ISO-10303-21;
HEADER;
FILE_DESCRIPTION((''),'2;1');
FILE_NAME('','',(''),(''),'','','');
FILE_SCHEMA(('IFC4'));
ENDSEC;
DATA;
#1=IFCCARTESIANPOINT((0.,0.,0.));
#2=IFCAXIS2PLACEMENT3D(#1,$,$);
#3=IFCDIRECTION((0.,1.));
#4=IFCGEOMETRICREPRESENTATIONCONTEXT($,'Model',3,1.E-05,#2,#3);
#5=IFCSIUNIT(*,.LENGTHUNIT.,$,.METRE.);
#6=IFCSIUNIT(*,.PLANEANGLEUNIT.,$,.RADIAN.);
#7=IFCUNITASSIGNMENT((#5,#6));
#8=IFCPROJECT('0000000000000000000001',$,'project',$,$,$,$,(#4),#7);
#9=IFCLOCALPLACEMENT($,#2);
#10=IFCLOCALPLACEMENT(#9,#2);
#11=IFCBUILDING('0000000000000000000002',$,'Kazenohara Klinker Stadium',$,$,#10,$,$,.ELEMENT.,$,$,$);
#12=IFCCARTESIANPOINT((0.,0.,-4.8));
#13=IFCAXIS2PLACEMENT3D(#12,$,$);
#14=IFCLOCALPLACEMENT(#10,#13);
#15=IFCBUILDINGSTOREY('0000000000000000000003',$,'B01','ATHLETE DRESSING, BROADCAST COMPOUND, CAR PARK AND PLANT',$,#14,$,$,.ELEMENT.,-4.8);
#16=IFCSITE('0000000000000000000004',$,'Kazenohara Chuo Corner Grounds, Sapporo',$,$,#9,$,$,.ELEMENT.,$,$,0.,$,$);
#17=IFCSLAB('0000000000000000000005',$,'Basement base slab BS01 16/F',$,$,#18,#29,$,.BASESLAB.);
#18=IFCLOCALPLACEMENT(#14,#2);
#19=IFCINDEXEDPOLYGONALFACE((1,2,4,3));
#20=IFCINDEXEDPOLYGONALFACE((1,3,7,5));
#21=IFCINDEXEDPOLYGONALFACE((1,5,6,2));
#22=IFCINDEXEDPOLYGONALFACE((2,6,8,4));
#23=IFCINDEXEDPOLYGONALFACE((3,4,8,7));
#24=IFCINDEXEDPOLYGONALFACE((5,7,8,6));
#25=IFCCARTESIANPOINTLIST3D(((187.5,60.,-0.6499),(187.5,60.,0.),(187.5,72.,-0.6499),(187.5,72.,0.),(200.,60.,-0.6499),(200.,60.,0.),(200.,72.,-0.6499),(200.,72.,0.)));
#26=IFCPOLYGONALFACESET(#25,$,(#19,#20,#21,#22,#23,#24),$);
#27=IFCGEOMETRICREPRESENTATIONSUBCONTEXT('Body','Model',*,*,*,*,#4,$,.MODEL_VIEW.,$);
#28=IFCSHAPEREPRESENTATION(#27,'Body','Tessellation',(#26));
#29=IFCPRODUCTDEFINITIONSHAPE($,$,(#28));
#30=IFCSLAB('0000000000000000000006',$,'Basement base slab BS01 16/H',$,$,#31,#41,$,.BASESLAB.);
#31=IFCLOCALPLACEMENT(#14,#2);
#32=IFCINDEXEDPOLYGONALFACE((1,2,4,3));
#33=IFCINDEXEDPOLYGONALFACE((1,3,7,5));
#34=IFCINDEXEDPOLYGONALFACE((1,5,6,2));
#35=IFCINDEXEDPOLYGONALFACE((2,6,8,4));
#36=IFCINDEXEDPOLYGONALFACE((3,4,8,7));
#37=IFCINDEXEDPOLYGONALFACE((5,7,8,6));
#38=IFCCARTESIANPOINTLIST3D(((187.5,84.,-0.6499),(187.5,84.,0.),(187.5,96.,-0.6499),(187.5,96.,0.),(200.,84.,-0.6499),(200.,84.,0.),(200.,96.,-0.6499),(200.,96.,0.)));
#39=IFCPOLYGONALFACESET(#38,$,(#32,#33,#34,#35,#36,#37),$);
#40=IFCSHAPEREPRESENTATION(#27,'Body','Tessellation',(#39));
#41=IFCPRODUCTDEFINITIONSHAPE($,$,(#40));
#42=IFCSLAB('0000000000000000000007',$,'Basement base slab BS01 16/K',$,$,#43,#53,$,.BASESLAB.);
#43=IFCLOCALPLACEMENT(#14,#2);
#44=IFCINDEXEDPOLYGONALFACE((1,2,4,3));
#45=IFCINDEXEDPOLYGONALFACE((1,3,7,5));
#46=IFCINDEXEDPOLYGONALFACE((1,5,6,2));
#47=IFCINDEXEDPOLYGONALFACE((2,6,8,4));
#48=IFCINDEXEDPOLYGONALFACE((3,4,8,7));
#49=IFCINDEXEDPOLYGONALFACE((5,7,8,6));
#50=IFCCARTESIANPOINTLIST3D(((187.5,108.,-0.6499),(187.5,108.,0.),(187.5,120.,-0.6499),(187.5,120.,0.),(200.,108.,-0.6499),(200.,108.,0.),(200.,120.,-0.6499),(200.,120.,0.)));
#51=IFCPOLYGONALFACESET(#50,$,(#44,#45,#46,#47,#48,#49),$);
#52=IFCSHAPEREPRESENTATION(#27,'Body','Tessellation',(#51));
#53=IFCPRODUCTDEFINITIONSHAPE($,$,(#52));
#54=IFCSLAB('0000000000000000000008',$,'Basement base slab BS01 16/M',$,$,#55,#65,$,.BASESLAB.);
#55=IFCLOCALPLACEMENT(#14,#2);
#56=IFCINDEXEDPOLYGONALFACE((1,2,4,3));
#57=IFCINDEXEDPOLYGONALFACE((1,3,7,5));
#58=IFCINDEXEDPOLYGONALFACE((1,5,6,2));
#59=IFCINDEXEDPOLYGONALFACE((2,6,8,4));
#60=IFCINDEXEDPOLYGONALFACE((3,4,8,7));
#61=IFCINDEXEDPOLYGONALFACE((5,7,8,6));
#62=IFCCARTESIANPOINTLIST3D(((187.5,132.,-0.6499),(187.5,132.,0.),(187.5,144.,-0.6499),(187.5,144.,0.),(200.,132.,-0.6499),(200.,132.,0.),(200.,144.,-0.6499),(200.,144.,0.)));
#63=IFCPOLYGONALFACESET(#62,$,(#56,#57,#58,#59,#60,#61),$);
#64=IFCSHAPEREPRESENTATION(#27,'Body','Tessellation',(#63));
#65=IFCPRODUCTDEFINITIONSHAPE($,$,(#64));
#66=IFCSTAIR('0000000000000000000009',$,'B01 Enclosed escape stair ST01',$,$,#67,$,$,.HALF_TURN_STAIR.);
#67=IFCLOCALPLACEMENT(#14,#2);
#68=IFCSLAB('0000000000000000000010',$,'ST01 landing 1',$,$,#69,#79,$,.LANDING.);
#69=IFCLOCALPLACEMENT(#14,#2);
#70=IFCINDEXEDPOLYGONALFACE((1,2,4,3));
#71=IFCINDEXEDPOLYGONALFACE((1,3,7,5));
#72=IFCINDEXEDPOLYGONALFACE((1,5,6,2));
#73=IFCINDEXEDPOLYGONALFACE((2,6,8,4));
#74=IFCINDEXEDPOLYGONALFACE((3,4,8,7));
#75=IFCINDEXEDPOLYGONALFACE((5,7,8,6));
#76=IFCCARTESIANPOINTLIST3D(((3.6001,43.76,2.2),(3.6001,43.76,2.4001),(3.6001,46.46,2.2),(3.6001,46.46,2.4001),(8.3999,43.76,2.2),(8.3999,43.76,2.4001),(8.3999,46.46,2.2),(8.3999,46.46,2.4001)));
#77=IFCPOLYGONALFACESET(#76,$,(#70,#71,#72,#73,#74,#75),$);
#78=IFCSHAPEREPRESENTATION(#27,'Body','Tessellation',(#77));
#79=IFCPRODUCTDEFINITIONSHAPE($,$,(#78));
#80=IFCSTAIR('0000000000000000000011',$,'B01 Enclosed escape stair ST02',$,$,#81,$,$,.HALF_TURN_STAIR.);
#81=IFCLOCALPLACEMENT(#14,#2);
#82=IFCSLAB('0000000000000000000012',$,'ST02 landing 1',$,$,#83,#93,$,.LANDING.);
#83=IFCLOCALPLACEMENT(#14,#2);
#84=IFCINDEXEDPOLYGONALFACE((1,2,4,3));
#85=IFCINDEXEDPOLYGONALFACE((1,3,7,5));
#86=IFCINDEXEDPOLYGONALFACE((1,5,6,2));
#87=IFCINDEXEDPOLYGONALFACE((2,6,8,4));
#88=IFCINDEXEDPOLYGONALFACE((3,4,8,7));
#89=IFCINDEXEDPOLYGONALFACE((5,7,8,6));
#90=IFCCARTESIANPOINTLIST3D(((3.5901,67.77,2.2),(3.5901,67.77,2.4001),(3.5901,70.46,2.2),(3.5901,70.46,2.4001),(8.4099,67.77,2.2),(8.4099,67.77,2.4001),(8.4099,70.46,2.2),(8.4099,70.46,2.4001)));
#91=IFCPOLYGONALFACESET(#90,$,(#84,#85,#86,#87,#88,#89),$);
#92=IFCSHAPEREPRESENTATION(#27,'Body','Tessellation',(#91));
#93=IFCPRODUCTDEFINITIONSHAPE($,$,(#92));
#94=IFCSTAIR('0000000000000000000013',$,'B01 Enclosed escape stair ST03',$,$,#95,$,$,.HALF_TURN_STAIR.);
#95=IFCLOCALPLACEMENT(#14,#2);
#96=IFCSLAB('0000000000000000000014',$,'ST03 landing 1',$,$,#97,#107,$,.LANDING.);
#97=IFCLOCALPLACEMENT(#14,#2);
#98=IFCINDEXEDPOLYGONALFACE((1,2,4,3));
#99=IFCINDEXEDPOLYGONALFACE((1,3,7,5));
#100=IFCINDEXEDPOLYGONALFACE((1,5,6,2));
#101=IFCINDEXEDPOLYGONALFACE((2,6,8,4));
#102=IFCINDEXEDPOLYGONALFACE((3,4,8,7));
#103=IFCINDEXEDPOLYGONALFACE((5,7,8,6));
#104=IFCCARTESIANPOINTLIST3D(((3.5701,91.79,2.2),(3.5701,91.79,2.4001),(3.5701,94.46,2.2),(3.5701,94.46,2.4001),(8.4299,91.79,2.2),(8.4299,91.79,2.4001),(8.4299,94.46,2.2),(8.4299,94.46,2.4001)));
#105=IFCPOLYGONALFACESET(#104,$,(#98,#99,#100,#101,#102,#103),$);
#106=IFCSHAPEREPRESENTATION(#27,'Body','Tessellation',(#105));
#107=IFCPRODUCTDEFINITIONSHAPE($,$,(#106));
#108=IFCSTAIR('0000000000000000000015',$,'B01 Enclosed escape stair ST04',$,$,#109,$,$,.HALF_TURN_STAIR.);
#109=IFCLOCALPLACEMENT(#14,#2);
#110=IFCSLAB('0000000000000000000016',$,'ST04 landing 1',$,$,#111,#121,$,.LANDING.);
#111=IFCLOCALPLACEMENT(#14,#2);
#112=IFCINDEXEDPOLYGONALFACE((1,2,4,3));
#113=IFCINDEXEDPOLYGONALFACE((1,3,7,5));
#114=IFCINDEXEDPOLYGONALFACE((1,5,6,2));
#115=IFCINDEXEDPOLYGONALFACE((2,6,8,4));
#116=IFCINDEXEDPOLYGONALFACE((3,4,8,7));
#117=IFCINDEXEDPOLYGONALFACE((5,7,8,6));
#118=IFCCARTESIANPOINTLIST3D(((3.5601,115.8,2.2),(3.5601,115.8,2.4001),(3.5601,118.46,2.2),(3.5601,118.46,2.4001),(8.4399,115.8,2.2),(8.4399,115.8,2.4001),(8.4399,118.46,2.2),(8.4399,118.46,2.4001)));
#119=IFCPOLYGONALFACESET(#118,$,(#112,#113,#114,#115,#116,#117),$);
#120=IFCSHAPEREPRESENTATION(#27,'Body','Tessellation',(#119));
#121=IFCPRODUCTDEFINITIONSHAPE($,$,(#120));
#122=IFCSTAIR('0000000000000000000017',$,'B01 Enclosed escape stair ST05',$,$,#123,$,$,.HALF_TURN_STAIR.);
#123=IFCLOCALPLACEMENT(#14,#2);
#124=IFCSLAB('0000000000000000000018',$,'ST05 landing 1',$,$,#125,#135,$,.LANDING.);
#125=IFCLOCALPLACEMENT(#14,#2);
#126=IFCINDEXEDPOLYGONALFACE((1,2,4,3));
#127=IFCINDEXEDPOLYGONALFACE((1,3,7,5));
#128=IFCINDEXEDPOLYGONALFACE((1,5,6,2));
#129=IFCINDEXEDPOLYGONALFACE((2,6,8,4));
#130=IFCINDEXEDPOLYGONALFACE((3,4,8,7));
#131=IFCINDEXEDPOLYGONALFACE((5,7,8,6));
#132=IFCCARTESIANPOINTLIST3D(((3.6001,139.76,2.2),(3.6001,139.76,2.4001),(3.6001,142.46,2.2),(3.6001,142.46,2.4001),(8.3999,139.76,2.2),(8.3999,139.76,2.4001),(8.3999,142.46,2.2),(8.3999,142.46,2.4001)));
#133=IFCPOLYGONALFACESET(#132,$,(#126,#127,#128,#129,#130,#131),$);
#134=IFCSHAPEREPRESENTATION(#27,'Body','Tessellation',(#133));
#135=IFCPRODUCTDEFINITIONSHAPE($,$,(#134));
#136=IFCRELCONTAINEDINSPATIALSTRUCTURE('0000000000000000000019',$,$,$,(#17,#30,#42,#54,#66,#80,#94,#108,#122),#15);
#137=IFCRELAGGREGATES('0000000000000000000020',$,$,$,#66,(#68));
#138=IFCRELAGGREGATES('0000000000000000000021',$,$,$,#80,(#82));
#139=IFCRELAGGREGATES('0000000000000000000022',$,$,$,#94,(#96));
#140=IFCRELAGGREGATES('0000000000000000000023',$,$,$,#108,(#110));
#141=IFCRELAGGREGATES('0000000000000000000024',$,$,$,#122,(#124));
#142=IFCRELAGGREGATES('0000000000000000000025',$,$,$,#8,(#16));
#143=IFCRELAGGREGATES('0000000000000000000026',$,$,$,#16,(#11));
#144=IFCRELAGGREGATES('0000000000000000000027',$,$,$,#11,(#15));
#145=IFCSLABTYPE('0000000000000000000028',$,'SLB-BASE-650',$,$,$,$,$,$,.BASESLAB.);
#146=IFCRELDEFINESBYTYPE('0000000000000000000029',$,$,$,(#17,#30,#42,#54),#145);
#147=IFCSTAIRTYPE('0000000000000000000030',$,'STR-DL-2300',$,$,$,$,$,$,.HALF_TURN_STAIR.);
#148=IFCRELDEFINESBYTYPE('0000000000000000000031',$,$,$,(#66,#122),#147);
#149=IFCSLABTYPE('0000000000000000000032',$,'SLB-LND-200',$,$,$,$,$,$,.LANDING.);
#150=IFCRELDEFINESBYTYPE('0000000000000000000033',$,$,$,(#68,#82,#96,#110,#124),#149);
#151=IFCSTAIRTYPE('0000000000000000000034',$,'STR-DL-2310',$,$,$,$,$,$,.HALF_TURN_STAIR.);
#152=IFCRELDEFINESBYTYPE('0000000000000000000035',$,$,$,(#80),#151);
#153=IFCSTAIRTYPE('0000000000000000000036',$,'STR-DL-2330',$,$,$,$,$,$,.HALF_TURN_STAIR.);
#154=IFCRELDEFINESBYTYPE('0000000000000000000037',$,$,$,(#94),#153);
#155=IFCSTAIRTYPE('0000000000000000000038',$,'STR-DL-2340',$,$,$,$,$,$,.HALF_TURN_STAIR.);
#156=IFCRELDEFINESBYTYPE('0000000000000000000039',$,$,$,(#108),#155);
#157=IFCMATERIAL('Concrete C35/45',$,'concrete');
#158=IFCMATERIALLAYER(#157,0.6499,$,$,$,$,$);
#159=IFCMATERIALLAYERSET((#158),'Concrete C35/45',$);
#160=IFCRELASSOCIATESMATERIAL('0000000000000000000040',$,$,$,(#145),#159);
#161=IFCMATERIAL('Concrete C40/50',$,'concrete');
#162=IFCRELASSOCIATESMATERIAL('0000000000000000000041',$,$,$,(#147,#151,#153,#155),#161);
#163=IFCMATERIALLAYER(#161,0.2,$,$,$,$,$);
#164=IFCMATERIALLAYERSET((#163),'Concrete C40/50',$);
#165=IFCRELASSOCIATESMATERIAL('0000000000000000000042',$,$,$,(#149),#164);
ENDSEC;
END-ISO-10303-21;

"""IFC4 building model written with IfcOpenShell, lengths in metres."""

from ifc_helpers import new_model, si_unit, direction, frame, origin, place, context, subcontext, project, spatial, polyline, outline, extrude, material, layer, layer_set, type_object, element, aggregate, save


model = new_model("IFC4")

# Units and contexts
model_context = context("Model", 3, precision=1e-05, world=origin(), true_north=direction((0.0, 1.0)))
body_context = subcontext(model_context, "Body", "Model", "MODEL_VIEW")
ifc_project = project(units=[si_unit("LENGTHUNIT", "METRE"), si_unit("PLANEANGLEUNIT", "RADIAN")], contexts=[model_context])

# Site, building, storey
site_placement = place(None, origin())
site = spatial("IfcSite", under=ifc_project, at=site_placement, Name="Kazenohara Chuo Corner Grounds, Sapporo", CompositionType="ELEMENT", RefElevation=0.0)
building_placement = place(site_placement, origin())
building = spatial("IfcBuilding", under=site, at=building_placement, Name="Kazenohara Klinker Stadium", CompositionType="ELEMENT")
storey_placement = place(building_placement, frame((0.0, 0.0, -4.8)))
storey = spatial("IfcBuildingStorey", under=building, at=storey_placement, Name="B01", Description="ATHLETE DRESSING, BROADCAST COMPOUND, CAR PARK AND PLANT", CompositionType="ELEMENT", Elevation=-4.8)

# Shared definitions
ifc_material_1 = material(Name="Concrete C35/45", Category="concrete")

# Slabs
ifc_layer_1 = layer(ifc_material_1, 0.6499)
ifc_layer_set_1 = layer_set([ifc_layer_1], Name="Concrete C35/45")
slab_type_1 = type_object("IfcSlabType", Name="SLB-BASE-650", PredefinedType="BASESLAB", material=ifc_layer_set_1)
slab_1_placement = place(storey_placement, frame((0.0, 0.0, -0.6499)))
element("IfcSlab", 1, at=slab_1_placement, inside=storey, type_object=slab_type_1, Name="Basement base slab BS01 16/F", PredefinedType="BASESLAB", context=body_context, shape_type="SweptSolid", body=[
    extrude(outline(polyline([(187.5, 60.0), (200.0, 60.0), (200.0, 72.0), (187.5, 72.0), (187.5, 60.0)])), origin(), (0.0, 0.0, 1.0), 0.6499),
])
slab_2_placement = place(storey_placement, frame((0.0, 0.0, -0.6499)))
element("IfcSlab", 2, at=slab_2_placement, inside=storey, type_object=slab_type_1, Name="Basement base slab BS01 16/H", PredefinedType="BASESLAB", context=body_context, shape_type="SweptSolid", body=[
    extrude(outline(polyline([(187.5, 84.0), (200.0, 84.0), (200.0, 96.0), (187.5, 96.0), (187.5, 84.0)])), origin(), (0.0, 0.0, 1.0), 0.6499),
])
slab_3_placement = place(storey_placement, frame((0.0, 0.0, -0.6499)))
element("IfcSlab", 3, at=slab_3_placement, inside=storey, type_object=slab_type_1, Name="Basement base slab BS01 16/K", PredefinedType="BASESLAB", context=body_context, shape_type="SweptSolid", body=[
    extrude(outline(polyline([(187.5, 108.0), (200.0, 108.0), (200.0, 120.0), (187.5, 120.0), (187.5, 108.0)])), origin(), (0.0, 0.0, 1.0), 0.6499),
])
slab_4_placement = place(storey_placement, frame((0.0, 0.0, -0.6499)))
element("IfcSlab", 4, at=slab_4_placement, inside=storey, type_object=slab_type_1, Name="Basement base slab BS01 16/M", PredefinedType="BASESLAB", context=body_context, shape_type="SweptSolid", body=[
    extrude(outline(polyline([(187.5, 132.0), (200.0, 132.0), (200.0, 144.0), (187.5, 144.0), (187.5, 132.0)])), origin(), (0.0, 0.0, 1.0), 0.6499),
])

# Stairs, slabs
ifc_material_2 = material(Name="Concrete C40/50", Category="concrete")
stair_type_1 = type_object("IfcStairType", Name="STR-DL-2300", PredefinedType="HALF_TURN_STAIR", material=ifc_material_2)
stair_1_placement = place(storey_placement, origin())
stair_1 = element("IfcStair", 5, at=stair_1_placement, inside=storey, type_object=stair_type_1, Name="B01 Enclosed escape stair ST01", PredefinedType="HALF_TURN_STAIR")
ifc_layer_2 = layer(ifc_material_2, 0.2)
ifc_layer_set_2 = layer_set([ifc_layer_2], Name="Concrete C40/50")
slab_type_2 = type_object("IfcSlabType", Name="SLB-LND-200", PredefinedType="LANDING", material=ifc_layer_set_2)
slab_5_placement = place(storey_placement, frame((0.0, 0.0, 2.2)))
slab_5 = element("IfcSlab", 6, at=slab_5_placement, type_object=slab_type_2, Name="ST01 landing 1", PredefinedType="LANDING", context=body_context, shape_type="SweptSolid", body=[
    extrude(outline(polyline([(8.3999, 43.76), (8.3999, 46.46), (3.6001, 46.46), (3.6001, 43.76), (8.3999, 43.76)])), origin(), (0.0, 0.0, 1.0), 0.2002),
])
aggregate(stair_1, [slab_5])
stair_type_2 = type_object("IfcStairType", Name="STR-DL-2310", PredefinedType="HALF_TURN_STAIR", material=ifc_material_2)
stair_2_placement = place(storey_placement, origin())
stair_2 = element("IfcStair", 7, at=stair_2_placement, inside=storey, type_object=stair_type_2, Name="B01 Enclosed escape stair ST02", PredefinedType="HALF_TURN_STAIR")
slab_6_placement = place(storey_placement, frame((0.0, 0.0, 2.2)))
slab_6 = element("IfcSlab", 8, at=slab_6_placement, type_object=slab_type_2, Name="ST02 landing 1", PredefinedType="LANDING", context=body_context, shape_type="SweptSolid", body=[
    extrude(outline(polyline([(8.4099, 67.77), (8.4099, 70.46), (3.5901, 70.46), (3.5901, 67.77), (8.4099, 67.77)])), origin(), (0.0, 0.0, 1.0), 0.2002),
])
aggregate(stair_2, [slab_6])
stair_type_3 = type_object("IfcStairType", Name="STR-DL-2330", PredefinedType="HALF_TURN_STAIR", material=ifc_material_2)
stair_3_placement = place(storey_placement, origin())
stair_3 = element("IfcStair", 9, at=stair_3_placement, inside=storey, type_object=stair_type_3, Name="B01 Enclosed escape stair ST03", PredefinedType="HALF_TURN_STAIR")
slab_7_placement = place(storey_placement, frame((0.0, 0.0, 2.2)))
slab_7 = element("IfcSlab", 10, at=slab_7_placement, type_object=slab_type_2, Name="ST03 landing 1", PredefinedType="LANDING", context=body_context, shape_type="SweptSolid", body=[
    extrude(outline(polyline([(8.4299, 91.79), (8.4299, 94.46), (3.5701, 94.46), (3.5701, 91.79), (8.4299, 91.79)])), origin(), (0.0, 0.0, 1.0), 0.2002),
])
aggregate(stair_3, [slab_7])
stair_type_4 = type_object("IfcStairType", Name="STR-DL-2340", PredefinedType="HALF_TURN_STAIR", material=ifc_material_2)
stair_4_placement = place(storey_placement, origin())
stair_4 = element("IfcStair", 11, at=stair_4_placement, inside=storey, type_object=stair_type_4, Name="B01 Enclosed escape stair ST04", PredefinedType="HALF_TURN_STAIR")
slab_8_placement = place(storey_placement, frame((0.0, 0.0, 2.2)))
slab_8 = element("IfcSlab", 12, at=slab_8_placement, type_object=slab_type_2, Name="ST04 landing 1", PredefinedType="LANDING", context=body_context, shape_type="SweptSolid", body=[
    extrude(outline(polyline([(8.4399, 115.8), (8.4399, 118.46), (3.5601, 118.46), (3.5601, 115.8), (8.4399, 115.8)])), origin(), (0.0, 0.0, 1.0), 0.2002),
])
aggregate(stair_4, [slab_8])
stair_5_placement = place(storey_placement, origin())
stair_5 = element("IfcStair", 13, at=stair_5_placement, inside=storey, type_object=stair_type_1, Name="B01 Enclosed escape stair ST05", PredefinedType="HALF_TURN_STAIR")
slab_9_placement = place(storey_placement, frame((0.0, 0.0, 2.2)))
slab_9 = element("IfcSlab", 14, at=slab_9_placement, type_object=slab_type_2, Name="ST05 landing 1", PredefinedType="LANDING", context=body_context, shape_type="SweptSolid", body=[
    extrude(outline(polyline([(8.3999, 139.76), (8.3999, 142.46), (3.6001, 142.46), (3.6001, 139.76), (8.3999, 139.76)])), origin(), (0.0, 0.0, 1.0), 0.2002),
])
aggregate(stair_5, [slab_9])

save(model, "model.ifc")
